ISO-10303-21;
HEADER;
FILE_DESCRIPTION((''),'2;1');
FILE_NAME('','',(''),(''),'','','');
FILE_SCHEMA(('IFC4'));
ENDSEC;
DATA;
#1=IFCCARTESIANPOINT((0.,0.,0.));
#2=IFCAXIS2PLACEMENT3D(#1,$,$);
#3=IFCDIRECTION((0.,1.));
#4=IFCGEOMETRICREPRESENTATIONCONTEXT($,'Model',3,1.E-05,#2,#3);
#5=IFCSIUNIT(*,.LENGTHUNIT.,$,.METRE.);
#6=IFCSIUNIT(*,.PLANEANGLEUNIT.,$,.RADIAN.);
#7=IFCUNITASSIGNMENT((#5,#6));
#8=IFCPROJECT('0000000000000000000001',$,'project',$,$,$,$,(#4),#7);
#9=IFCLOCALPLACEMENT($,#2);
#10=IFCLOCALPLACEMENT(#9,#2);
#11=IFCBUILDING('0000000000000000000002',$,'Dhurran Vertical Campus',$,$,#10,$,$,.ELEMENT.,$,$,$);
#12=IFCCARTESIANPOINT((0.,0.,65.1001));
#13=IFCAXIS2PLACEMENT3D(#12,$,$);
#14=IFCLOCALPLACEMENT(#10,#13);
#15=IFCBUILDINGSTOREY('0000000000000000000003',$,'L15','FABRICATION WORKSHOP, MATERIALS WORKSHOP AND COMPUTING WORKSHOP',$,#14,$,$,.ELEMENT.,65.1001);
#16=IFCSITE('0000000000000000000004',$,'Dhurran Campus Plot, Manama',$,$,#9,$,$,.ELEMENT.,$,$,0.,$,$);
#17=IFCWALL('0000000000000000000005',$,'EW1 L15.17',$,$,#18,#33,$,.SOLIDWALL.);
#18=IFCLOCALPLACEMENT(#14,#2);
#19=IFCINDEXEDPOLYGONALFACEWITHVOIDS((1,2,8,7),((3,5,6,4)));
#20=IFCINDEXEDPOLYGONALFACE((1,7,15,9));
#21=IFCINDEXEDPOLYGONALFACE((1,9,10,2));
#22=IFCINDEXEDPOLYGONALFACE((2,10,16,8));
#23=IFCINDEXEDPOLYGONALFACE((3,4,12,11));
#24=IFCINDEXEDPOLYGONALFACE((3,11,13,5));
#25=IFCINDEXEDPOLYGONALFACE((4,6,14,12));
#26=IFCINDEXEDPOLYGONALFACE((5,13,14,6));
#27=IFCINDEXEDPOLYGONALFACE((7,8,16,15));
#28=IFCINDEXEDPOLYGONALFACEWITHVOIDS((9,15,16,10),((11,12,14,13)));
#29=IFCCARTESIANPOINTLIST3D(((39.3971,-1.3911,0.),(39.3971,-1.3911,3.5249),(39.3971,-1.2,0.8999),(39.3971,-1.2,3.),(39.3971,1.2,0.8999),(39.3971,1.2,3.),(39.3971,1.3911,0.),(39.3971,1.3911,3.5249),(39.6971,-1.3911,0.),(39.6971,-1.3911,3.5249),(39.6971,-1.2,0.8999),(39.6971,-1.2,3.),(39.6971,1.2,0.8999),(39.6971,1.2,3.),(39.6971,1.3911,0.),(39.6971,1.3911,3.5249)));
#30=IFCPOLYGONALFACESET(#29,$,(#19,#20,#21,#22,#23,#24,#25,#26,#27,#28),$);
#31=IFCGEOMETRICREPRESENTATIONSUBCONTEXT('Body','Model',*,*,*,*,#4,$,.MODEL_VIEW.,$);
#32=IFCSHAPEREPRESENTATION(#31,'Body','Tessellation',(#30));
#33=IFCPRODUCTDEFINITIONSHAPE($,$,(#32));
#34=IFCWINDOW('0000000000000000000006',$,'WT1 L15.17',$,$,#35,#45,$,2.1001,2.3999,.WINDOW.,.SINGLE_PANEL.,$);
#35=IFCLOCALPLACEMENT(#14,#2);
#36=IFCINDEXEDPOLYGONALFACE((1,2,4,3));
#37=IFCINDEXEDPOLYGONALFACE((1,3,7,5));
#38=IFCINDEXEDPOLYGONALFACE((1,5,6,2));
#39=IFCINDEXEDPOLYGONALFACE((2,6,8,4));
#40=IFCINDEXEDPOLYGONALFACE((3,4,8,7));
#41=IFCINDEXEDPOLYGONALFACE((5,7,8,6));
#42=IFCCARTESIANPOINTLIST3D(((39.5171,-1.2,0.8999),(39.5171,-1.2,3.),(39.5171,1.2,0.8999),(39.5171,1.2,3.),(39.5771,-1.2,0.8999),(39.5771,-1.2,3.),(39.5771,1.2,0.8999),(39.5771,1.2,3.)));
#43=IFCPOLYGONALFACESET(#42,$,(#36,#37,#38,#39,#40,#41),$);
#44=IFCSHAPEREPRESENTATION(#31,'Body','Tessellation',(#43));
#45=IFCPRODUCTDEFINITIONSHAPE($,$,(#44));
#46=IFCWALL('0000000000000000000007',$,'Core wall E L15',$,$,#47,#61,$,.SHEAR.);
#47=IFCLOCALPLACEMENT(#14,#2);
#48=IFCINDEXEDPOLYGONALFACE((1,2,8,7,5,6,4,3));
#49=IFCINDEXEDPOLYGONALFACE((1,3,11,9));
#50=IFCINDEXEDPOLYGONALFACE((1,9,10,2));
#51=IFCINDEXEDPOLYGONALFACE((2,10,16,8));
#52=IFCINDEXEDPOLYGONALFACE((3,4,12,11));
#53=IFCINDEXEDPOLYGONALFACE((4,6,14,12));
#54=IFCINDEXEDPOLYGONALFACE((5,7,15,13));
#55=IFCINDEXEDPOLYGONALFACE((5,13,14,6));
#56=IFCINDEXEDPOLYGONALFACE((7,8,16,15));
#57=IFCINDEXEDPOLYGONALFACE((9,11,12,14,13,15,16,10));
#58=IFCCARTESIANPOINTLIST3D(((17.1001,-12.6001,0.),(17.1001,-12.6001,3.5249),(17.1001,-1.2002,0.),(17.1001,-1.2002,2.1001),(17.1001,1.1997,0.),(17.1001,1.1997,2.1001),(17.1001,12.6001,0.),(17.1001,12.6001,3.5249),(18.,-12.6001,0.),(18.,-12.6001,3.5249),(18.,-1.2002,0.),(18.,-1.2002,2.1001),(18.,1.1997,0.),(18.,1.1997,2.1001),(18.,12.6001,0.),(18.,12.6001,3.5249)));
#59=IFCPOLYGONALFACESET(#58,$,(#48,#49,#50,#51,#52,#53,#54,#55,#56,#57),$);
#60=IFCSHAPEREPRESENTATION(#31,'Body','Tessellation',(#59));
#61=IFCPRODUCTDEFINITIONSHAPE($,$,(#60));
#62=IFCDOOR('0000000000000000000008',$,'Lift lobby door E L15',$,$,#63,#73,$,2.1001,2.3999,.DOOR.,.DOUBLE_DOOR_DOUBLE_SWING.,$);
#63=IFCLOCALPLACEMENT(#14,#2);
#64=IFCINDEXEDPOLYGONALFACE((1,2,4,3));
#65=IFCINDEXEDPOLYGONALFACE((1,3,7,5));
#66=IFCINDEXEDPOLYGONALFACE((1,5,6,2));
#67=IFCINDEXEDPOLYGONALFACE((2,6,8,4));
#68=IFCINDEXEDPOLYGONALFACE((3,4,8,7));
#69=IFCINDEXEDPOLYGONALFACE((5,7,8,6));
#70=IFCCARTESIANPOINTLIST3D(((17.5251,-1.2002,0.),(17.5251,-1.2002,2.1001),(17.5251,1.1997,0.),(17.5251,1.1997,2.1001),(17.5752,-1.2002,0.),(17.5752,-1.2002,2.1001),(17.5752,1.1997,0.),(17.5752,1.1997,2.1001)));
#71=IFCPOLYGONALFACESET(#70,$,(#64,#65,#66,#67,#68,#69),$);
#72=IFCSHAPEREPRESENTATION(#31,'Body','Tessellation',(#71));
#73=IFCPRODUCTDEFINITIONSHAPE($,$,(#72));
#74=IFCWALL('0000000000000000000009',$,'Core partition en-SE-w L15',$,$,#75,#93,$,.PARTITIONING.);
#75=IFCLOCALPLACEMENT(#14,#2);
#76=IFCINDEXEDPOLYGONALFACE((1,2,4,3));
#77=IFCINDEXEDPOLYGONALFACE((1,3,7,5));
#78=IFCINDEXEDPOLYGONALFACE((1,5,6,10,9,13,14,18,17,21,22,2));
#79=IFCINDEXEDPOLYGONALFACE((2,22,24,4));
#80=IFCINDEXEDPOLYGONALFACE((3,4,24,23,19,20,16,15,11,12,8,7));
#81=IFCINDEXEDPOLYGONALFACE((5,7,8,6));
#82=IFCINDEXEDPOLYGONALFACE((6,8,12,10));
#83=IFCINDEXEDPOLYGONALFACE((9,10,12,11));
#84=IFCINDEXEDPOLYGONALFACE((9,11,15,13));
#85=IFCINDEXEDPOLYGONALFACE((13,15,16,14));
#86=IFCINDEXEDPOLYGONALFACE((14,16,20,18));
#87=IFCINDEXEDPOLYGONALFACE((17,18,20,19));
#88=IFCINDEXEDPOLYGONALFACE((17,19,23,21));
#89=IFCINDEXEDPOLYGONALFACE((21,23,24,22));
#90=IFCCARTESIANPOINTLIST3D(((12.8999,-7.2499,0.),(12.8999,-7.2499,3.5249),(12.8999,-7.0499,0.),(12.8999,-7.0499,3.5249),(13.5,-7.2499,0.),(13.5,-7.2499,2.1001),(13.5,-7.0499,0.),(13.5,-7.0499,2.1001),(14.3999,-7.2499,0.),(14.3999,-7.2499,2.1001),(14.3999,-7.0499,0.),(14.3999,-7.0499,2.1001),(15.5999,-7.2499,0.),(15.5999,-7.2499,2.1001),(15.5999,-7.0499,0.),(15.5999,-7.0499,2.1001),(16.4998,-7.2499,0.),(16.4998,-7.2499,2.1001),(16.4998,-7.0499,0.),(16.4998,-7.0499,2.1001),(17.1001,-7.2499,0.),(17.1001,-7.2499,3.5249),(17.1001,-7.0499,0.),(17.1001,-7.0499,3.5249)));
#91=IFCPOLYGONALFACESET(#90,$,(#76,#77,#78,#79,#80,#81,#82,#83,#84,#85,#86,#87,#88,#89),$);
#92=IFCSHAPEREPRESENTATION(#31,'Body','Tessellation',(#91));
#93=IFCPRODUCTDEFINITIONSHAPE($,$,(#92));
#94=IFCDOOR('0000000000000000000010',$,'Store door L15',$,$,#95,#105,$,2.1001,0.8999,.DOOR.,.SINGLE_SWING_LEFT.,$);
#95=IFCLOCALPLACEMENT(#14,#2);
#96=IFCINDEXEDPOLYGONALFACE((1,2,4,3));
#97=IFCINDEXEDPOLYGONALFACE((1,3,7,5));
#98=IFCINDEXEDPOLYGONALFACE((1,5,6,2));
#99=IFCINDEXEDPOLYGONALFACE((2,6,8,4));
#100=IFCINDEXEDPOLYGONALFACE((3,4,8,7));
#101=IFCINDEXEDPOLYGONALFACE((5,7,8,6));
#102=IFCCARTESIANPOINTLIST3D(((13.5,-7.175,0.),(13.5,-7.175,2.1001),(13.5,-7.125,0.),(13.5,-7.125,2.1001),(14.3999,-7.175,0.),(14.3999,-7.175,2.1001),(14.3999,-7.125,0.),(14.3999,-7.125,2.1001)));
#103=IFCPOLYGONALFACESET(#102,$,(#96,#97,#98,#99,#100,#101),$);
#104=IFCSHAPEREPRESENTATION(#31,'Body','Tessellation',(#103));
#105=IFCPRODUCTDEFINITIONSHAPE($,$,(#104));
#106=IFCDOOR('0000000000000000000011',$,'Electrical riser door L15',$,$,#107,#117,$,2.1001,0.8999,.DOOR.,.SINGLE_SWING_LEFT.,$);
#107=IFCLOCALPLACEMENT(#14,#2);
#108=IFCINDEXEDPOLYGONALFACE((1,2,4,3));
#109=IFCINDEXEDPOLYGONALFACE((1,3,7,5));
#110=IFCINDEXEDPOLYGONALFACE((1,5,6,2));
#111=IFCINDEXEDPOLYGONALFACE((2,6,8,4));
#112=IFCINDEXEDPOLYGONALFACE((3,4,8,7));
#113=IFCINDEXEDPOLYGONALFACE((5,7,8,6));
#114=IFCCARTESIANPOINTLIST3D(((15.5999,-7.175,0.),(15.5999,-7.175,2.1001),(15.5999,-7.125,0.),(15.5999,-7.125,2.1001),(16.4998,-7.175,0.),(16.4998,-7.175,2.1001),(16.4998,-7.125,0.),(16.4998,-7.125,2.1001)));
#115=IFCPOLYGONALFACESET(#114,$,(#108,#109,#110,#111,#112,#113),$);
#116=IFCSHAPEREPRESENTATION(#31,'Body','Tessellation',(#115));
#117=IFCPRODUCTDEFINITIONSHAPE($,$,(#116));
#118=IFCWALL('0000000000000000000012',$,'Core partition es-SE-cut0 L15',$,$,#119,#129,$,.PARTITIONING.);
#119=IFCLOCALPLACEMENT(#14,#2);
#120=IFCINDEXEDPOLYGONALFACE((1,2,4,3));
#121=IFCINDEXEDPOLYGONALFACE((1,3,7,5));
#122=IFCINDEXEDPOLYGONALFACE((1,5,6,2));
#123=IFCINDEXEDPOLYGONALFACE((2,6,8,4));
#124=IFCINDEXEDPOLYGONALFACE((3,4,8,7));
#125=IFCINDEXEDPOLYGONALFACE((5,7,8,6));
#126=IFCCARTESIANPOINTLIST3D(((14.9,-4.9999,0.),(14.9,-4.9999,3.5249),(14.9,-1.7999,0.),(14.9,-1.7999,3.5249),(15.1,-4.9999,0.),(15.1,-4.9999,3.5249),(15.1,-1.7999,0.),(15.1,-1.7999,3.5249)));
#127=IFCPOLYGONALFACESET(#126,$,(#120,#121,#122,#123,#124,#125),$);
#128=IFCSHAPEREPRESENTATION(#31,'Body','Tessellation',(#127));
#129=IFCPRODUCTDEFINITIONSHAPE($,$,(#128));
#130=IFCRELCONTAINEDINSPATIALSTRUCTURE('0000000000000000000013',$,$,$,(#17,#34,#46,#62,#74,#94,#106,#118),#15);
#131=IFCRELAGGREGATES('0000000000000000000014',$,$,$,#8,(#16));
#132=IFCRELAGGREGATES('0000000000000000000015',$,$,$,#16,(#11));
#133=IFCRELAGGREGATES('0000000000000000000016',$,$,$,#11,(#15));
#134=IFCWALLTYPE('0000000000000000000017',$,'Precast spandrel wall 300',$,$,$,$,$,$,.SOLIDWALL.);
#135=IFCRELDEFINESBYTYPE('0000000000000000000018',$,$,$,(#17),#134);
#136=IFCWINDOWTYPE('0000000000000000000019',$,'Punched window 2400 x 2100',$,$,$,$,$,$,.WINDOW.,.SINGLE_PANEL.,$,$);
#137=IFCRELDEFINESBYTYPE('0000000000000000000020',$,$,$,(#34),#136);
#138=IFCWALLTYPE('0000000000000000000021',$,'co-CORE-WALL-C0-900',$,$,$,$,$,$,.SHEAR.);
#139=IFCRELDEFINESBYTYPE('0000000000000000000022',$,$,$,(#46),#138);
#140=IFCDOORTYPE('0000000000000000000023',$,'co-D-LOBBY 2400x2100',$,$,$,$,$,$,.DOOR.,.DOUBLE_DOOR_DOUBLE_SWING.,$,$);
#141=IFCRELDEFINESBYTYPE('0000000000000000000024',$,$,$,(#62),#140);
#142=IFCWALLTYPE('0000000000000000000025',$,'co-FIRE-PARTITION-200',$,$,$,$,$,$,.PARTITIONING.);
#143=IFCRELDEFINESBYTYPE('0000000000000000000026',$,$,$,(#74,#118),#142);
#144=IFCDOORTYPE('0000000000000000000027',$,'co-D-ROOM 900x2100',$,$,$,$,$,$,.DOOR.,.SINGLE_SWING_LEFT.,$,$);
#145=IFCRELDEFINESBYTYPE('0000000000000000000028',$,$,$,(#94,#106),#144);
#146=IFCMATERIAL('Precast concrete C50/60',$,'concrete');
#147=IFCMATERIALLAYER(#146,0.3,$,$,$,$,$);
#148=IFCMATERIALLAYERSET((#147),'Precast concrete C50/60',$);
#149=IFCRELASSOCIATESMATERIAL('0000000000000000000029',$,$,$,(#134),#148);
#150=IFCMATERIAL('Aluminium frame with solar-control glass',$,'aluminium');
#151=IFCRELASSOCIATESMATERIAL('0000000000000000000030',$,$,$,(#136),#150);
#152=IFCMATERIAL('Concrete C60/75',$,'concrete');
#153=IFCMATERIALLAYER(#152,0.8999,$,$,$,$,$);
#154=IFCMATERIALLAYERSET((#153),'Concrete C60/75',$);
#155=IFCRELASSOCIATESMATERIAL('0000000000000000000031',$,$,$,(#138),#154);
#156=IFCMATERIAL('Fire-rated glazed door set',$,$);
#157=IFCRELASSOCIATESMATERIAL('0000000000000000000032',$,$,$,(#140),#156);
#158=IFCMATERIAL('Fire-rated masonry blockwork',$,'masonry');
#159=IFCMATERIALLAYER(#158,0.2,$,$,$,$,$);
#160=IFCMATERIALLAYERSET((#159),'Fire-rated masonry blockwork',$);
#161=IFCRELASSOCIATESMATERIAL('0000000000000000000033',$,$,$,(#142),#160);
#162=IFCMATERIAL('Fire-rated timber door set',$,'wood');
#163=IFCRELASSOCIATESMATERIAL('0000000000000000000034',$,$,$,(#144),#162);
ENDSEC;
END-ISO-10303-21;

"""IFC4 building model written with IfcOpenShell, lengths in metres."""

from ifc_helpers import new_model, si_unit, direction, frame, frame_2d, origin, place, context, subcontext, project, spatial, rectangle, extrude, material, layer, layer_set, type_object, element, fill, save


model = new_model("IFC4")

# Units and contexts
model_context = context("Model", 3, precision=1e-05, world=origin(), true_north=direction((0.0, 1.0)))
body_context = subcontext(model_context, "Body", "Model", "MODEL_VIEW")
ifc_project = project(units=[si_unit("LENGTHUNIT", "METRE"), si_unit("PLANEANGLEUNIT", "RADIAN")], contexts=[model_context])

# Site, building, storey
site_placement = place(None, origin())
site = spatial("IfcSite", under=ifc_project, at=site_placement, Name="Dhurran Campus Plot, Manama", CompositionType="ELEMENT", RefElevation=0.0)
building_placement = place(site_placement, origin())
building = spatial("IfcBuilding", under=site, at=building_placement, Name="Dhurran Vertical Campus", CompositionType="ELEMENT")
storey_placement = place(building_placement, frame((0.0, 0.0, 65.1001)))
storey = spatial("IfcBuildingStorey", under=building, at=storey_placement, Name="L15", Description="FABRICATION WORKSHOP, MATERIALS WORKSHOP AND COMPUTING WORKSHOP", CompositionType="ELEMENT", Elevation=65.1001)

# Wall, opening, window
ifc_material_1 = material(Name="Precast concrete C50/60", Category="concrete")
ifc_layer_1 = layer(ifc_material_1, 0.3)
ifc_layer_set_1 = layer_set([ifc_layer_1], Name="Precast concrete C50/60")
wall_type_1 = type_object("IfcWallType", Name="Precast spandrel wall 300", PredefinedType="SOLIDWALL", material=ifc_layer_set_1)
ifc_material_2 = material(Name="Aluminium frame with solar-control glass", Category="aluminium")
window_type = type_object("IfcWindowType", Name="Punched window 2400 x 2100", PartitioningType="SINGLE_PANEL", PredefinedType="WINDOW", material=ifc_material_2)
wall_1_placement = place(storey_placement, frame((39.5471, -1.3911, 0.0), z_axis=(0.0, 0.0, 1.0), x_axis=(0.0, 1.0, 0.0)))
wall_1 = element("IfcWall", 1, at=wall_1_placement, inside=storey, type_object=wall_type_1, Name="EW1 L15.17", PredefinedType="SOLIDWALL", context=body_context, shape_type="SweptSolid", body=[
    extrude(rectangle(XDim=2.7822, YDim=0.3, at=frame_2d((1.3911, 0.0))), origin(), (0.0, 0.0, 1.0), 3.5249),
])
opening_1_placement = place(wall_1_placement, frame((0.1912, 0.0, 0.8999)))
opening_1 = element("IfcOpeningElement", 2, at=opening_1_placement, cuts=wall_1, PredefinedType="OPENING", context=body_context, shape_type="SweptSolid", body=[
    extrude(rectangle(XDim=2.3999, YDim=2.1001, at=frame_2d((1.2, 1.05))), frame((0.0, 0.1599, 0.0), z_axis=(0.0, -1.0, 0.0), x_axis=(1.0, 0.0, 0.0)), (0.0, 0.0, 1.0), 0.3201),
])
window_1_placement = place(opening_1_placement, origin())
window_1 = element("IfcWindow", 3, at=window_1_placement, inside=storey, type_object=window_type, Name="WT1 L15.17", OverallHeight=2.1001, OverallWidth=2.3999, PartitioningType="SINGLE_PANEL", PredefinedType="WINDOW", context=body_context, shape_type="SweptSolid", body=[
    extrude(rectangle(XDim=2.3999, YDim=2.1001, at=frame_2d((1.2, 1.05))), frame((0.0, 0.03, 0.0), z_axis=(0.0, -1.0, 0.0), x_axis=(1.0, 0.0, 0.0)), (0.0, 0.0, 1.0), 0.0601),
])
fill(opening_1, window_1)

# Wall, opening, door
ifc_material_3 = material(Name="Concrete C60/75", Category="concrete")
ifc_layer_2 = layer(ifc_material_3, 0.8999)
ifc_layer_set_2 = layer_set([ifc_layer_2], Name="Concrete C60/75")
wall_type_2 = type_object("IfcWallType", Name="co-CORE-WALL-C0-900", PredefinedType="SHEAR", material=ifc_layer_set_2)
wall_2_placement = place(storey_placement, frame((17.55, -12.6001, 0.0), z_axis=(0.0, 0.0, 1.0), x_axis=(0.0, 1.0, 0.0)))
wall_2 = element("IfcWall", 4, at=wall_2_placement, inside=storey, type_object=wall_type_2, Name="Core wall E L15", PredefinedType="SHEAR", context=body_context, shape_type="SweptSolid", body=[
    extrude(rectangle(XDim=25.2002, YDim=0.8999, at=frame_2d((12.6001, 0.0))), origin(), (0.0, 0.0, 1.0), 3.5249),
])
opening_2_placement = place(wall_2_placement, frame((11.3999, 0.0, 0.0)))
opening_2 = element("IfcOpeningElement", 5, at=opening_2_placement, cuts=wall_2, PredefinedType="OPENING", context=body_context, shape_type="SweptSolid", body=[
    extrude(rectangle(XDim=2.3999, YDim=2.1001, at=frame_2d((1.2, 1.05))), frame((0.0, 0.46, 0.0), z_axis=(0.0, -1.0, 0.0), x_axis=(1.0, 0.0, 0.0)), (0.0, 0.0, 1.0), 0.9199),
])
ifc_material_4 = material(Name="Fire-rated glazed door set")
door_type_1 = type_object("IfcDoorType", Name="co-D-LOBBY 2400x2100", OperationType="DOUBLE_DOOR_DOUBLE_SWING", PredefinedType="DOOR", material=ifc_material_4)
door_1_placement = place(opening_2_placement, origin())
door_1 = element("IfcDoor", 6, at=door_1_placement, inside=storey, type_object=door_type_1, Name="Lift lobby door E L15", OperationType="DOUBLE_DOOR_DOUBLE_SWING", OverallHeight=2.1001, OverallWidth=2.3999, PredefinedType="DOOR", context=body_context, shape_type="SweptSolid", body=[
    extrude(rectangle(XDim=2.3999, YDim=2.1001, at=frame_2d((1.2, 1.05))), frame((0.0, 0.0249, 0.0), z_axis=(0.0, -1.0, 0.0), x_axis=(1.0, 0.0, 0.0)), (0.0, 0.0, 1.0), 0.05),
])
fill(opening_2, door_1)

# Wall, openings, doors
ifc_material_5 = material(Name="Fire-rated masonry blockwork", Category="masonry")
ifc_layer_3 = layer(ifc_material_5, 0.2)
ifc_layer_set_3 = layer_set([ifc_layer_3], Name="Fire-rated masonry blockwork")
wall_type_3 = type_object("IfcWallType", Name="co-FIRE-PARTITION-200", PredefinedType="PARTITIONING", material=ifc_layer_set_3)
wall_3_placement = place(storey_placement, frame((12.8999, -7.1499, 0.0), z_axis=(0.0, 0.0, 1.0), x_axis=(1.0, 0.0, 0.0)))
wall_3 = element("IfcWall", 7, at=wall_3_placement, inside=storey, type_object=wall_type_3, Name="Core partition en-SE-w L15", PredefinedType="PARTITIONING", context=body_context, shape_type="SweptSolid", body=[
    extrude(rectangle(XDim=4.2002, YDim=0.2, at=frame_2d((2.1001, 0.0))), origin(), (0.0, 0.0, 1.0), 3.5249),
])
opening_3_placement = place(wall_3_placement, frame((0.6001, 0.0, 0.0)))
opening_3 = element("IfcOpeningElement", 8, at=opening_3_placement, cuts=wall_3, PredefinedType="OPENING", context=body_context, shape_type="SweptSolid", body=[
    extrude(rectangle(XDim=0.8999, YDim=2.1001, at=frame_2d((0.45, 1.05))), frame((0.0, 0.1099, 0.0), z_axis=(0.0, -1.0, 0.0), x_axis=(1.0, 0.0, 0.0)), (0.0, 0.0, 1.0), 0.22),
])
opening_4_placement = place(wall_3_placement, frame((2.7, 0.0, 0.0)))
opening_4 = element("IfcOpeningElement", 9, at=opening_4_placement, cuts=wall_3, PredefinedType="OPENING", context=body_context, shape_type="SweptSolid", body=[
    extrude(rectangle(XDim=0.8999, YDim=2.1001, at=frame_2d((0.45, 1.05))), frame((0.0, 0.1099, 0.0), z_axis=(0.0, -1.0, 0.0), x_axis=(1.0, 0.0, 0.0)), (0.0, 0.0, 1.0), 0.22),
])
ifc_material_6 = material(Name="Fire-rated timber door set", Category="wood")
door_type_2 = type_object("IfcDoorType", Name="co-D-ROOM 900x2100", OperationType="SINGLE_SWING_LEFT", PredefinedType="DOOR", material=ifc_material_6)
door_2_placement = place(opening_3_placement, origin())
door_2 = element("IfcDoor", 10, at=door_2_placement, inside=storey, type_object=door_type_2, Name="Store door L15", OperationType="SINGLE_SWING_LEFT", OverallHeight=2.1001, OverallWidth=0.8999, PredefinedType="DOOR", context=body_context, shape_type="SweptSolid", body=[
    extrude(rectangle(XDim=0.8999, YDim=2.1001, at=frame_2d((0.45, 1.05))), frame((0.0, 0.0249, 0.0), z_axis=(0.0, -1.0, 0.0), x_axis=(1.0, 0.0, 0.0)), (0.0, 0.0, 1.0), 0.05),
])
fill(opening_3, door_2)
door_3_placement = place(opening_4_placement, origin())
door_3 = element("IfcDoor", 11, at=door_3_placement, inside=storey, type_object=door_type_2, Name="Electrical riser door L15", OperationType="SINGLE_SWING_LEFT", OverallHeight=2.1001, OverallWidth=0.8999, PredefinedType="DOOR", context=body_context, shape_type="SweptSolid", body=[
    extrude(rectangle(XDim=0.8999, YDim=2.1001, at=frame_2d((0.45, 1.05))), frame((0.0, 0.0249, 0.0), z_axis=(0.0, -1.0, 0.0), x_axis=(1.0, 0.0, 0.0)), (0.0, 0.0, 1.0), 0.05),
])
fill(opening_4, door_3)

# Wall
wall_4_placement = place(storey_placement, frame((15.0, -5.0, 0.0), z_axis=(0.0, 0.0, 1.0), x_axis=(0.0, 1.0, 0.0)))
element("IfcWall", 12, at=wall_4_placement, inside=storey, type_object=wall_type_3, Name="Core partition es-SE-cut0 L15", PredefinedType="PARTITIONING", context=body_context, shape_type="SweptSolid", body=[
    extrude(rectangle(XDim=3.2, YDim=0.2, at=frame_2d((1.6001, 0.0))), origin(), (0.0, 0.0, 1.0), 3.5249),
])

save(model, "model.ifc")
